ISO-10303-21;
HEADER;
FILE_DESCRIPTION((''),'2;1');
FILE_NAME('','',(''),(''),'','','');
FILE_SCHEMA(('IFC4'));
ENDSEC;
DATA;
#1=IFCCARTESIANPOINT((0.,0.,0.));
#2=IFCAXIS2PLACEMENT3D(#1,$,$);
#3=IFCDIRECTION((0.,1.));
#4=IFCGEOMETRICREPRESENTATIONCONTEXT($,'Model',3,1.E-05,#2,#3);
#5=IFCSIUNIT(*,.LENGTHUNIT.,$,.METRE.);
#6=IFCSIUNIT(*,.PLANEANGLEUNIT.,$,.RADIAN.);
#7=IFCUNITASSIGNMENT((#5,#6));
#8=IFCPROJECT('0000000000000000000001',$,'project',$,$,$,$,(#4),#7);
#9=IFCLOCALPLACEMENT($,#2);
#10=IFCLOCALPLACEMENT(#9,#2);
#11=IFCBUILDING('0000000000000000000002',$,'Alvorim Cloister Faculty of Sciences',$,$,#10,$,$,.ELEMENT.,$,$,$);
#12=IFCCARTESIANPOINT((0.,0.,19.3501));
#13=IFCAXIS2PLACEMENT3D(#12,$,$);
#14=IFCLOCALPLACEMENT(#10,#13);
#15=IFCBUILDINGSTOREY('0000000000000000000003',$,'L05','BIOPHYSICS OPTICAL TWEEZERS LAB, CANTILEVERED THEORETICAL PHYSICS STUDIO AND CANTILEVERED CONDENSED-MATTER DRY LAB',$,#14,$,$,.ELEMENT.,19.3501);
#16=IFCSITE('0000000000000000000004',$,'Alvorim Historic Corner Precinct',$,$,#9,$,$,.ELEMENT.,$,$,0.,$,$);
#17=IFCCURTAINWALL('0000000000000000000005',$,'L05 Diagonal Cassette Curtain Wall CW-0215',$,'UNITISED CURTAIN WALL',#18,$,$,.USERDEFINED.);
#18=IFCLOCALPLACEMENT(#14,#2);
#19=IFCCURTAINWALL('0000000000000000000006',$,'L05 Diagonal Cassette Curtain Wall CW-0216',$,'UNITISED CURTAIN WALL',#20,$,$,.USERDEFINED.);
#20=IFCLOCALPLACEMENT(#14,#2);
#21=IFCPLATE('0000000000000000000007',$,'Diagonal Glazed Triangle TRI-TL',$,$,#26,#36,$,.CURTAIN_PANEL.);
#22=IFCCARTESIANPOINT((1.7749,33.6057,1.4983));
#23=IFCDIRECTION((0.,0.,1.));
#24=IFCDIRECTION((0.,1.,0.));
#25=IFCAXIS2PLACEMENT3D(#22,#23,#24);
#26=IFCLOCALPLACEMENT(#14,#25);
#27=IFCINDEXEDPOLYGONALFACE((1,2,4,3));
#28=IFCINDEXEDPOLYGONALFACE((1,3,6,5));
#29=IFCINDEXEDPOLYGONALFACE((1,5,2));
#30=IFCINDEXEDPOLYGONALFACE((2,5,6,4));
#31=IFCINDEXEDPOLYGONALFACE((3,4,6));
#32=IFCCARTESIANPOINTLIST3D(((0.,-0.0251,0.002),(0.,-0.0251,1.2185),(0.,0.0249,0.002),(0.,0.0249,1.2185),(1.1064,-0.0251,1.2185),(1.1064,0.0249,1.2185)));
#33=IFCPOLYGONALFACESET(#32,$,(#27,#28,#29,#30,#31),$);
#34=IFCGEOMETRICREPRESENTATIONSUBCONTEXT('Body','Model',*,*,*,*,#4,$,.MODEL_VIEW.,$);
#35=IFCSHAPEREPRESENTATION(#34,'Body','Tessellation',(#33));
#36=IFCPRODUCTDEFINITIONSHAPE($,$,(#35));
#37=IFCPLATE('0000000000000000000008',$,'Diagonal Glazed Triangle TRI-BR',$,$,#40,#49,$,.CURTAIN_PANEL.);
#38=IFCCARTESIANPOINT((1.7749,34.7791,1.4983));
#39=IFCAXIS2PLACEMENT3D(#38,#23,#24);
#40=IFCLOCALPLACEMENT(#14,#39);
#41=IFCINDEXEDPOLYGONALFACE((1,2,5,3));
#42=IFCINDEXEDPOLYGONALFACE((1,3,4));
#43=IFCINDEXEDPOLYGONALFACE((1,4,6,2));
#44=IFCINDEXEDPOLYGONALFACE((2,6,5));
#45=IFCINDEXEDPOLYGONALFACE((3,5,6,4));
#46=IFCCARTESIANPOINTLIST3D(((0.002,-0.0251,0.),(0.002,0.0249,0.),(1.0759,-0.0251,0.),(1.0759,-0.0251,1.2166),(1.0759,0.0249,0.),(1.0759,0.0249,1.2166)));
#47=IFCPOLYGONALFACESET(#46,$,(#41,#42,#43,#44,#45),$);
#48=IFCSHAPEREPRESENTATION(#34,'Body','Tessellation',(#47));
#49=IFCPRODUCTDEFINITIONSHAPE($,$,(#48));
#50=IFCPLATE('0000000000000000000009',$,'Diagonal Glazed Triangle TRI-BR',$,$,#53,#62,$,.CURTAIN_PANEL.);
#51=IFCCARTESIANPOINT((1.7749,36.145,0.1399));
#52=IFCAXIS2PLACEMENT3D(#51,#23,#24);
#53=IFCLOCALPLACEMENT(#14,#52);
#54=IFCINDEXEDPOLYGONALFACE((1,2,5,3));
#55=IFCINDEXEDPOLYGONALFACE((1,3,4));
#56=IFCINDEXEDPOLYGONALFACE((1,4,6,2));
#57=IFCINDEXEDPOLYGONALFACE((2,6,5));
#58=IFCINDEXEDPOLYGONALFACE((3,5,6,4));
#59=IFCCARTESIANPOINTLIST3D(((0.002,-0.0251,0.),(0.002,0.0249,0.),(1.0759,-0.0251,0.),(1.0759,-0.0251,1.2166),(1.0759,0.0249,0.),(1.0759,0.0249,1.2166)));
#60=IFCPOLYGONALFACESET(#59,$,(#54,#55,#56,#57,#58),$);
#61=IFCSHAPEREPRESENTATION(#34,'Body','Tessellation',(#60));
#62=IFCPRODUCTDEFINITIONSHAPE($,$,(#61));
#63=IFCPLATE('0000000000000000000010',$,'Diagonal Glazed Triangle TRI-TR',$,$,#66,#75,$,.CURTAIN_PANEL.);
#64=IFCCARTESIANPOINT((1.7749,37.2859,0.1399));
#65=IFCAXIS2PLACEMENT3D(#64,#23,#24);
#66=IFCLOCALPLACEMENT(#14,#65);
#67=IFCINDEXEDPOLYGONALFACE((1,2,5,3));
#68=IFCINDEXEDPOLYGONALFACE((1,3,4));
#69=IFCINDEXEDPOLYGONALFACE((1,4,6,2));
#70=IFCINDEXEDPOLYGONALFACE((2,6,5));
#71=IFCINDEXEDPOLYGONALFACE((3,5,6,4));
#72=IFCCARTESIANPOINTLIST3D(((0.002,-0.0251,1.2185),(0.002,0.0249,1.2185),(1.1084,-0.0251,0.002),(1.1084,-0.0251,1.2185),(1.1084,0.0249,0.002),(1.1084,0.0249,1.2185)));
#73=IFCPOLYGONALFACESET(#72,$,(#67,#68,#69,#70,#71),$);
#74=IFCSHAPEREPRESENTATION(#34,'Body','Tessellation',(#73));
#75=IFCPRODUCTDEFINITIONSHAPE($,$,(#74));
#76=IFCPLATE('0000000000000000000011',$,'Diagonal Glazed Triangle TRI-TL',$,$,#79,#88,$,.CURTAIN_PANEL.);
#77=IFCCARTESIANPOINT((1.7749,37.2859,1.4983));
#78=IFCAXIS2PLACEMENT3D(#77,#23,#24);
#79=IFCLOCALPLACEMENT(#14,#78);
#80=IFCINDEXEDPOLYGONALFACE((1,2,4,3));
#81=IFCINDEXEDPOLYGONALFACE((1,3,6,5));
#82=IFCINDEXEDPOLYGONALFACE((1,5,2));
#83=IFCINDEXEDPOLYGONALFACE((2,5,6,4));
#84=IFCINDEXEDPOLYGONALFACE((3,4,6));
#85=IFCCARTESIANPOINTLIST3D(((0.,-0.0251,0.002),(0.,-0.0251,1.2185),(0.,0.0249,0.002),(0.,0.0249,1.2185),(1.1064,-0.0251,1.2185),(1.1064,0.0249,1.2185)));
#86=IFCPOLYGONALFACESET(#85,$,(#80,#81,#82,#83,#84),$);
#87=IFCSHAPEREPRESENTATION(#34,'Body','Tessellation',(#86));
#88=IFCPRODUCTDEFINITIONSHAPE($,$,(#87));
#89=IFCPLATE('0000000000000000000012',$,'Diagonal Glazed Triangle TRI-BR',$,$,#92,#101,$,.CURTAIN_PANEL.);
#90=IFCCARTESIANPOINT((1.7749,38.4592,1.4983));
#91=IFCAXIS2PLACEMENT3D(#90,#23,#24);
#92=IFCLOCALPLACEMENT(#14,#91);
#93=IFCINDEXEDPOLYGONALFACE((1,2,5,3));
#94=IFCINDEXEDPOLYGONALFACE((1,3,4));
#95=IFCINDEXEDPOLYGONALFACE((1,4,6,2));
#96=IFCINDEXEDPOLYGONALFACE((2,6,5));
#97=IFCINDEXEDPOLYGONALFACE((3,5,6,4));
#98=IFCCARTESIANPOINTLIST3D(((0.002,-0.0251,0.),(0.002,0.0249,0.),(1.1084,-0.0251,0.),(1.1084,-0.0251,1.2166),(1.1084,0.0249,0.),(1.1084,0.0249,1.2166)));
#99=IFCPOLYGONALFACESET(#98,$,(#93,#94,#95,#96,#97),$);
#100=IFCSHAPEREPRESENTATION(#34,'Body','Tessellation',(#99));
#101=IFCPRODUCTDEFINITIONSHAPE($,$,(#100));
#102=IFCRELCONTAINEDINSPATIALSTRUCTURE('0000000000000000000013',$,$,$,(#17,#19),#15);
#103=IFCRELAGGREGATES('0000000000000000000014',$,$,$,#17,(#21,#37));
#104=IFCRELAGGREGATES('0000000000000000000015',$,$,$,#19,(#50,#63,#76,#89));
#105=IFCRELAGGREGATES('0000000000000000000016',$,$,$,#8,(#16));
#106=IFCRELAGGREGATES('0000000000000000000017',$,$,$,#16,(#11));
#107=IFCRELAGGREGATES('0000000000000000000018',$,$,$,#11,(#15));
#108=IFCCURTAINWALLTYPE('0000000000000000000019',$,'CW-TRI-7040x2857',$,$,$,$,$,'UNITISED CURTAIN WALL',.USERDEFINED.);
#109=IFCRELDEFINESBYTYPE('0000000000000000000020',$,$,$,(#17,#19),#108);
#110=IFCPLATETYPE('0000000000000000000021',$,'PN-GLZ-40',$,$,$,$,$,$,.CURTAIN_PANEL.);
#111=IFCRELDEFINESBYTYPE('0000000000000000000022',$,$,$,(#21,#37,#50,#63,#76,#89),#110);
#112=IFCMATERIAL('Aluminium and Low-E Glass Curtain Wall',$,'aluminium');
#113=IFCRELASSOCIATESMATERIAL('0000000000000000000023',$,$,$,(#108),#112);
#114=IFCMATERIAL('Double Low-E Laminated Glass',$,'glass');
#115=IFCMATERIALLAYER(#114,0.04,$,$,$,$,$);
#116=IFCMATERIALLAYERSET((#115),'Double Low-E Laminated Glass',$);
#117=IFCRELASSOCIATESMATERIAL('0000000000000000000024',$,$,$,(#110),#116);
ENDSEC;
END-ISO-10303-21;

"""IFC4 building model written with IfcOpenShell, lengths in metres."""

from ifc_helpers import new_model, si_unit, direction, frame, origin, place, context, subcontext, project, spatial, polyline, outline, extrude, material, layer, layer_set, type_object, element, aggregate, save


model = new_model("IFC4")

# Units and contexts
model_context = context("Model", 3, precision=1e-05, world=origin(), true_north=direction((0.0, 1.0)))
body_context = subcontext(model_context, "Body", "Model", "MODEL_VIEW")
ifc_project = project(units=[si_unit("LENGTHUNIT", "METRE"), si_unit("PLANEANGLEUNIT", "RADIAN")], contexts=[model_context])

# Site, building, storey
site_placement = place(None, origin())
site = spatial("IfcSite", under=ifc_project, at=site_placement, Name="Alvorim Historic Corner Precinct", CompositionType="ELEMENT", RefElevation=0.0)
building_placement = place(site_placement, origin())
building = spatial("IfcBuilding", under=site, at=building_placement, Name="Alvorim Cloister Faculty of Sciences", CompositionType="ELEMENT")
storey_placement = place(building_placement, frame((0.0, 0.0, 19.3501)))
storey = spatial("IfcBuildingStorey", under=building, at=storey_placement, Name="L05", Description="BIOPHYSICS OPTICAL TWEEZERS LAB, CANTILEVERED THEORETICAL PHYSICS STUDIO AND CANTILEVERED CONDENSED-MATTER DRY LAB", CompositionType="ELEMENT", Elevation=19.3501)

# Curtain wall
ifc_material_1 = material(Name="Aluminium and Low-E Glass Curtain Wall", Category="aluminium")
curtain_wall_type = type_object("IfcCurtainWallType", Name="CW-TRI-7040x2857", ElementType="UNITISED CURTAIN WALL", PredefinedType="USERDEFINED", material=ifc_material_1)
curtain_wall_1_placement = place(storey_placement, origin())
curtain_wall_1 = element("IfcCurtainWall", 1, at=curtain_wall_1_placement, inside=storey, type_object=curtain_wall_type, Name="L05 Diagonal Cassette Curtain Wall CW-0215", ObjectType="UNITISED CURTAIN WALL", PredefinedType="USERDEFINED")

# Curtain wall
curtain_wall_2_placement = place(storey_placement, origin())
curtain_wall_2 = element("IfcCurtainWall", 2, at=curtain_wall_2_placement, inside=storey, type_object=curtain_wall_type, Name="L05 Diagonal Cassette Curtain Wall CW-0216", ObjectType="UNITISED CURTAIN WALL", PredefinedType="USERDEFINED")

# Plates
ifc_material_2 = material(Name="Double Low-E Laminated Glass", Category="glass")
ifc_layer_1 = layer(ifc_material_2, 0.04)
ifc_layer_set_1 = layer_set([ifc_layer_1], Name="Double Low-E Laminated Glass")
plate_type = type_object("IfcPlateType", Name="PN-GLZ-40", PredefinedType="CURTAIN_PANEL", material=ifc_layer_set_1)
plate_1_placement = place(storey_placement, frame((1.7749, 33.6057, 1.4983), z_axis=(0.0, 0.0, 1.0), x_axis=(0.0, 1.0, 0.0)))
plate_1 = element("IfcPlate", 3, at=plate_1_placement, type_object=plate_type, Name="Diagonal Glazed Triangle TRI-TL", PredefinedType="CURTAIN_PANEL", context=body_context, shape_type="SweptSolid", body=[
    extrude(outline(polyline([(1.1064, 1.2185), (0.0, 1.2185), (0.0, 0.002), (1.1064, 1.2185)])), frame((0.0, 0.0249, 0.0), z_axis=(0.0, -1.0, 0.0), x_axis=(1.0, 0.0, 0.0)), (0.0, 0.0, 1.0), 0.05),
])
plate_2_placement = place(storey_placement, frame((1.7749, 34.7791, 1.4983), z_axis=(0.0, 0.0, 1.0), x_axis=(0.0, 1.0, 0.0)))
plate_2 = element("IfcPlate", 4, at=plate_2_placement, type_object=plate_type, Name="Diagonal Glazed Triangle TRI-BR", PredefinedType="CURTAIN_PANEL", context=body_context, shape_type="SweptSolid", body=[
    extrude(outline(polyline([(0.002, 0.0), (1.0759, 0.0), (1.0759, 1.2166), (0.002, 0.0)])), frame((0.0, 0.0249, 0.0), z_axis=(0.0, -1.0, 0.0), x_axis=(1.0, 0.0, 0.0)), (0.0, 0.0, 1.0), 0.05),
])
aggregate(curtain_wall_1, [plate_1, plate_2])
plate_3_placement = place(storey_placement, frame((1.7749, 36.145, 0.1399), z_axis=(0.0, 0.0, 1.0), x_axis=(0.0, 1.0, 0.0)))
plate_3 = element("IfcPlate", 5, at=plate_3_placement, type_object=plate_type, Name="Diagonal Glazed Triangle TRI-BR", PredefinedType="CURTAIN_PANEL", context=body_context, shape_type="SweptSolid", body=[
    extrude(outline(polyline([(0.002, 0.0), (1.0759, 0.0), (1.0759, 1.2166), (0.002, 0.0)])), frame((0.0, 0.0249, 0.0), z_axis=(0.0, -1.0, 0.0), x_axis=(1.0, 0.0, 0.0)), (0.0, 0.0, 1.0), 0.05),
])
plate_4_placement = place(storey_placement, frame((1.7749, 37.2859, 0.1399), z_axis=(0.0, 0.0, 1.0), x_axis=(0.0, 1.0, 0.0)))
plate_4 = element("IfcPlate", 6, at=plate_4_placement, type_object=plate_type, Name="Diagonal Glazed Triangle TRI-TR", PredefinedType="CURTAIN_PANEL", context=body_context, shape_type="SweptSolid", body=[
    extrude(outline(polyline([(1.1084, 0.002), (1.1084, 1.2185), (0.002, 1.2185), (1.1084, 0.002)])), frame((0.0, 0.0249, 0.0), z_axis=(0.0, -1.0, 0.0), x_axis=(1.0, 0.0, 0.0)), (0.0, 0.0, 1.0), 0.05),
])
plate_5_placement = place(storey_placement, frame((1.7749, 37.2859, 1.4983), z_axis=(0.0, 0.0, 1.0), x_axis=(0.0, 1.0, 0.0)))
plate_5 = element("IfcPlate", 7, at=plate_5_placement, type_object=plate_type, Name="Diagonal Glazed Triangle TRI-TL", PredefinedType="CURTAIN_PANEL", context=body_context, shape_type="SweptSolid", body=[
    extrude(outline(polyline([(1.1064, 1.2185), (0.0, 1.2185), (0.0, 0.002), (1.1064, 1.2185)])), frame((0.0, 0.0249, 0.0), z_axis=(0.0, -1.0, 0.0), x_axis=(1.0, 0.0, 0.0)), (0.0, 0.0, 1.0), 0.05),
])
plate_6_placement = place(storey_placement, frame((1.7749, 38.4592, 1.4983), z_axis=(0.0, 0.0, 1.0), x_axis=(0.0, 1.0, 0.0)))
plate_6 = element("IfcPlate", 8, at=plate_6_placement, type_object=plate_type, Name="Diagonal Glazed Triangle TRI-BR", PredefinedType="CURTAIN_PANEL", context=body_context, shape_type="SweptSolid", body=[
    extrude(outline(polyline([(0.002, 0.0), (1.1084, 0.0), (1.1084, 1.2166), (0.002, 0.0)])), frame((0.0, 0.0249, 0.0), z_axis=(0.0, -1.0, 0.0), x_axis=(1.0, 0.0, 0.0)), (0.0, 0.0, 1.0), 0.05),
])
aggregate(curtain_wall_2, [plate_3, plate_4, plate_5, plate_6])

save(model, "model.ifc")
